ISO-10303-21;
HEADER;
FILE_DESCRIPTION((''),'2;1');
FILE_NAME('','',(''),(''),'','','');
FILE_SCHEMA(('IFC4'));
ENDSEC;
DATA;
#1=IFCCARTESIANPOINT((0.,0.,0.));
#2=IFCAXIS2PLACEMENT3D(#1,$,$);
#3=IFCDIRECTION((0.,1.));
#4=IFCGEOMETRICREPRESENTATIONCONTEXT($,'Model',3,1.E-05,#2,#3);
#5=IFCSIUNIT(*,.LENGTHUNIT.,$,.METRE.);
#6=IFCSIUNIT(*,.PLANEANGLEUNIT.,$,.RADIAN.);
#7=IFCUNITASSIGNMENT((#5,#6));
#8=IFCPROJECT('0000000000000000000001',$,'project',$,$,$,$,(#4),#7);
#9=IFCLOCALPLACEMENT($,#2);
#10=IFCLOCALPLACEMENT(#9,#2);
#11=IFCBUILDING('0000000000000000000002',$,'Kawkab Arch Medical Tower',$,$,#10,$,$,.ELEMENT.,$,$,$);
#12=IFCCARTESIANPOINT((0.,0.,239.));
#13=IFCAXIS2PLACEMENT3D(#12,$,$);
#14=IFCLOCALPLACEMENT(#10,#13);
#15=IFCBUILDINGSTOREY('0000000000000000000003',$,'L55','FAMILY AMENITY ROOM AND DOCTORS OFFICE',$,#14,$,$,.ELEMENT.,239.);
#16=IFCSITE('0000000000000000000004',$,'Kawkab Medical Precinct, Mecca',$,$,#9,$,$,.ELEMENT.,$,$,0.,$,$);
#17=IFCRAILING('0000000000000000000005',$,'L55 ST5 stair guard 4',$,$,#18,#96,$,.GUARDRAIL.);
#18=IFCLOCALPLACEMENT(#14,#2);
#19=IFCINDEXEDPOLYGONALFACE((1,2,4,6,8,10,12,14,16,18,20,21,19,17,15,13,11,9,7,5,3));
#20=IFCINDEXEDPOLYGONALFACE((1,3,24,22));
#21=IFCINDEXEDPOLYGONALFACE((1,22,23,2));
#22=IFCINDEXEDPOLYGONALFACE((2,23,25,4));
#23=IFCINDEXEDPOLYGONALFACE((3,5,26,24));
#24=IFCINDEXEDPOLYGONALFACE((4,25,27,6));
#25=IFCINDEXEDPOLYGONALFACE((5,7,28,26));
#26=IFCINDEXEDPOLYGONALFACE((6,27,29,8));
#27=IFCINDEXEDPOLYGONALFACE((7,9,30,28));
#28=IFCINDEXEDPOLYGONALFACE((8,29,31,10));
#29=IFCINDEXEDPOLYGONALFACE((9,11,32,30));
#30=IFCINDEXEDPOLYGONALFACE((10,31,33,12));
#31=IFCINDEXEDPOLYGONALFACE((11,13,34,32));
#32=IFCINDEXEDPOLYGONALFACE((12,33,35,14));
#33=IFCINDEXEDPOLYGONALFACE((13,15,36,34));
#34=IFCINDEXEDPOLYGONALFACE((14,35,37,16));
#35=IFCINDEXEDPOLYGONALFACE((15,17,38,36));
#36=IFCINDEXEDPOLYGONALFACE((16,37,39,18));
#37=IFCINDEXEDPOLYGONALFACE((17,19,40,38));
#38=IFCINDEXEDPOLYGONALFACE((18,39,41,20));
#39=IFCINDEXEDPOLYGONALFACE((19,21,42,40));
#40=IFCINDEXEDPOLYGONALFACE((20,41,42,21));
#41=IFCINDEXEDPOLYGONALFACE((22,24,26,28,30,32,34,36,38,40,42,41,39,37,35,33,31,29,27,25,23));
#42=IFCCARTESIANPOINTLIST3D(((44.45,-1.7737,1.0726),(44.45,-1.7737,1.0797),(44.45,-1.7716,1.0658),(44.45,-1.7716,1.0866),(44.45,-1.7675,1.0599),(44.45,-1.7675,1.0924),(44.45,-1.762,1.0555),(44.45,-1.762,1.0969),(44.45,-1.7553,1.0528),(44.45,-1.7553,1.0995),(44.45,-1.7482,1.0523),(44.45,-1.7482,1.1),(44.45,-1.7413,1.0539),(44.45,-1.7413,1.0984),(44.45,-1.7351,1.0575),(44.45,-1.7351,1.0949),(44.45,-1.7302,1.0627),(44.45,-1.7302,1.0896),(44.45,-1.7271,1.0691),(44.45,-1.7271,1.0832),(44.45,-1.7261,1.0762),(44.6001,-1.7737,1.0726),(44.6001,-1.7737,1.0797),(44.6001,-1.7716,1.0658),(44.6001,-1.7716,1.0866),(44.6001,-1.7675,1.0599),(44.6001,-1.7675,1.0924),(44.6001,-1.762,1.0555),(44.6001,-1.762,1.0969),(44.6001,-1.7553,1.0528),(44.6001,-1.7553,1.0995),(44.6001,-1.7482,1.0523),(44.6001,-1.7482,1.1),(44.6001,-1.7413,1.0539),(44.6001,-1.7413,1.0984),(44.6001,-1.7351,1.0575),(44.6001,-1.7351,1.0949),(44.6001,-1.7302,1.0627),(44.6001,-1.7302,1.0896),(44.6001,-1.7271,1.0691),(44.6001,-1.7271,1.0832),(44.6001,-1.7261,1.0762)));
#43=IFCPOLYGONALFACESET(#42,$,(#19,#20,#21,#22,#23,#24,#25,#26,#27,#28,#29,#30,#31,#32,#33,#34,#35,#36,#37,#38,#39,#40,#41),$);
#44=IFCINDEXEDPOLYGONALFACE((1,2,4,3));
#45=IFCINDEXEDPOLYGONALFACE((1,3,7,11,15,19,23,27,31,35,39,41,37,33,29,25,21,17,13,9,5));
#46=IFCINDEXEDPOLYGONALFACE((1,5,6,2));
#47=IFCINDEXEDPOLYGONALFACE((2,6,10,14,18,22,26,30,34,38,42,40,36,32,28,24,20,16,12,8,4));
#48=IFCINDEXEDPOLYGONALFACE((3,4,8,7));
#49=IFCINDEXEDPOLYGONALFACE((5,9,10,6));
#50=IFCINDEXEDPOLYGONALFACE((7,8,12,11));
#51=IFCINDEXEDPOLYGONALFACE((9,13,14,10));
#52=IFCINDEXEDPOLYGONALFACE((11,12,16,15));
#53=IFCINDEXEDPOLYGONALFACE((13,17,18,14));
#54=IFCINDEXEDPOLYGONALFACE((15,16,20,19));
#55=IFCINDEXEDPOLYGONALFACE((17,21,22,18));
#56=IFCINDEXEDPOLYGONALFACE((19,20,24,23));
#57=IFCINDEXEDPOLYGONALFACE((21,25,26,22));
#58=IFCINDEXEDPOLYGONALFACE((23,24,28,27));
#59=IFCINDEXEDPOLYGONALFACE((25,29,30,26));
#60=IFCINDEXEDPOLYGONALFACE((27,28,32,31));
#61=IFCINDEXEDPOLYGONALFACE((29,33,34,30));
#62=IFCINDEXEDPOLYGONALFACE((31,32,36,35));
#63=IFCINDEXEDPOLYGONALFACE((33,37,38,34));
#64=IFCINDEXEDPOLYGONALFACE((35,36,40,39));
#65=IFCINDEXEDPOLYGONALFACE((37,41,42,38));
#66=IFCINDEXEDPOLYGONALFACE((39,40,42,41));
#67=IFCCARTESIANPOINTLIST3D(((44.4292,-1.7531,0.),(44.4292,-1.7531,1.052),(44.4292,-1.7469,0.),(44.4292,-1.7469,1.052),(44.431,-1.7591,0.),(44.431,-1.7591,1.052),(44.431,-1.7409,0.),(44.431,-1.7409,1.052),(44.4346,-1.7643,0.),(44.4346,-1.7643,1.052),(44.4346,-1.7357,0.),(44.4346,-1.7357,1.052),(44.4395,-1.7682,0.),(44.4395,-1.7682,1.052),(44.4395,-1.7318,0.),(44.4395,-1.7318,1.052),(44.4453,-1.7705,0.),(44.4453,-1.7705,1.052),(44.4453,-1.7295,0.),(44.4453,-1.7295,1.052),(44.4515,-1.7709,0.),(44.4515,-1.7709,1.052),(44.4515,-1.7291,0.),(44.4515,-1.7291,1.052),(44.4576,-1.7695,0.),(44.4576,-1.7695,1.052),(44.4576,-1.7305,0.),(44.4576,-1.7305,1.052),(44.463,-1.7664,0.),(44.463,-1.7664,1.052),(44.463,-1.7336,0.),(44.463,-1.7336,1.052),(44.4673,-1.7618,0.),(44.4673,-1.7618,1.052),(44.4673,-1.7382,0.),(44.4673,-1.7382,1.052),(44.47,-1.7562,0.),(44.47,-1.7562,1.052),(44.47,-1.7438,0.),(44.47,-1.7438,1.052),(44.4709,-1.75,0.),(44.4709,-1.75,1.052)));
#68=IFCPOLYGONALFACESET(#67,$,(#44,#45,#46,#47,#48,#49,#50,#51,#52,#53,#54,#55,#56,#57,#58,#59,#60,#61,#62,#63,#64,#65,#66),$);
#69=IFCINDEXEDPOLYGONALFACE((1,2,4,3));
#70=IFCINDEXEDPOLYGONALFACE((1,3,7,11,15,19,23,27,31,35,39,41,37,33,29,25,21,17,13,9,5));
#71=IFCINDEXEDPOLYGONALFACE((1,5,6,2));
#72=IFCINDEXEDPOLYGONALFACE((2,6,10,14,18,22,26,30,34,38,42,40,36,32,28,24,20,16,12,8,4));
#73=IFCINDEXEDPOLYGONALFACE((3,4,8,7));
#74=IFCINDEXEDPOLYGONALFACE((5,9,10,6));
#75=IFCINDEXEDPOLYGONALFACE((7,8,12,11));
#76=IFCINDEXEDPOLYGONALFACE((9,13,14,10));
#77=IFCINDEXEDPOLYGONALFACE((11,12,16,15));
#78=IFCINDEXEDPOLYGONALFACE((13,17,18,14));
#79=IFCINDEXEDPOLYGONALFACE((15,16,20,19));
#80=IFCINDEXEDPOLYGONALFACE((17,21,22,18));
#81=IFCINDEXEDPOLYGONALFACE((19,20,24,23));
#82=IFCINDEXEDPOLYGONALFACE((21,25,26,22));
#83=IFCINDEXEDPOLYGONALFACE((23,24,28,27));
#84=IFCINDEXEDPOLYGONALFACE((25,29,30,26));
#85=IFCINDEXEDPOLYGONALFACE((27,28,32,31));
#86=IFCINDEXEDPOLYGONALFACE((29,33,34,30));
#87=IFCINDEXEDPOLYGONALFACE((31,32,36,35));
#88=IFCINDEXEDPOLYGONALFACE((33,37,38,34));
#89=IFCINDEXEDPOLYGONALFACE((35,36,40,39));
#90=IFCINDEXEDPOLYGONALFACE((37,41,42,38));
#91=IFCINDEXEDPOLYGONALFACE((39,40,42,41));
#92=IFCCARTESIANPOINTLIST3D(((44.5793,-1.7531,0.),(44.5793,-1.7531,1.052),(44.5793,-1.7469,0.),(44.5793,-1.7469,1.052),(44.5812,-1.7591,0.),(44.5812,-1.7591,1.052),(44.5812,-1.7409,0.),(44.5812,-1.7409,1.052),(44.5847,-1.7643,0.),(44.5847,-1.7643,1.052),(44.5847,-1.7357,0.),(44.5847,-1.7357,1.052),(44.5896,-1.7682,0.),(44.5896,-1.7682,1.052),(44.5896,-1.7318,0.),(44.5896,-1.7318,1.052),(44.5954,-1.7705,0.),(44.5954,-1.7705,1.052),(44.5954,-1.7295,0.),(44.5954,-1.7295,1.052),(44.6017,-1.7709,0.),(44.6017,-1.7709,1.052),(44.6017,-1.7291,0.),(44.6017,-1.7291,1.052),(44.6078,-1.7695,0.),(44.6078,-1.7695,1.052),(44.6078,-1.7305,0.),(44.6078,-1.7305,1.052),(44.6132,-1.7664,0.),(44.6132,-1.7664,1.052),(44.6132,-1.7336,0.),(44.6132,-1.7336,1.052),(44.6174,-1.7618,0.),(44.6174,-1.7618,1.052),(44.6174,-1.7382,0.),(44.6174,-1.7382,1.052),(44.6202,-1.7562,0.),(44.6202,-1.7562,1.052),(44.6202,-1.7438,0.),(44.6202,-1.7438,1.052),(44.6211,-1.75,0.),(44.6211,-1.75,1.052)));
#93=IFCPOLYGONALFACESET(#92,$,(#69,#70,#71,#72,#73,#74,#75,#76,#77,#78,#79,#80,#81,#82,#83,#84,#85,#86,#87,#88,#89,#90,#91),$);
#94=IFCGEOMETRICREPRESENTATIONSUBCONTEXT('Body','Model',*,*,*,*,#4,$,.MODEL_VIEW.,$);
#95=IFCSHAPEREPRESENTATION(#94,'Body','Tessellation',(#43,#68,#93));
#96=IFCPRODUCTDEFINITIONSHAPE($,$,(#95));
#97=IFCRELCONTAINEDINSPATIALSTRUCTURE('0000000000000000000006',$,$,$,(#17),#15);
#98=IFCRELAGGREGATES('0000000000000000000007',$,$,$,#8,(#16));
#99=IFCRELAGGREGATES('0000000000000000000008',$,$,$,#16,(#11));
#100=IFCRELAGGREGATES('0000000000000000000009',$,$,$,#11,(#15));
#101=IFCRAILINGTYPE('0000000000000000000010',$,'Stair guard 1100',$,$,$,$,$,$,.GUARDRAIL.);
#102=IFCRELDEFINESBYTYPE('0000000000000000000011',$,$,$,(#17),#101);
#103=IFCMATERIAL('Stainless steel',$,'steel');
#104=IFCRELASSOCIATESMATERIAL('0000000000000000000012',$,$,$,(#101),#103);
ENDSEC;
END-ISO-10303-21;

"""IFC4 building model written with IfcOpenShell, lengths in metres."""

from ifc_helpers import new_model, si_unit, direction, frame, origin, origin_2d, place, context, subcontext, project, spatial, circle, extrude, material, type_object, element, save


model = new_model("IFC4")

# Units and contexts
model_context = context("Model", 3, precision=1e-05, world=origin(), true_north=direction((0.0, 1.0)))
body_context = subcontext(model_context, "Body", "Model", "MODEL_VIEW")
ifc_project = project(units=[si_unit("LENGTHUNIT", "METRE"), si_unit("PLANEANGLEUNIT", "RADIAN")], contexts=[model_context])

# Site, building, storey
site_placement = place(None, origin())
site = spatial("IfcSite", under=ifc_project, at=site_placement, Name="Kawkab Medical Precinct, Mecca", CompositionType="ELEMENT", RefElevation=0.0)
building_placement = place(site_placement, origin())
building = spatial("IfcBuilding", under=site, at=building_placement, Name="Kawkab Arch Medical Tower", CompositionType="ELEMENT")
storey_placement = place(building_placement, frame((0.0, 0.0, 239.0)))
storey = spatial("IfcBuildingStorey", under=building, at=storey_placement, Name="L55", Description="FAMILY AMENITY ROOM AND DOCTORS OFFICE", CompositionType="ELEMENT", Elevation=239.0)

# Railing
ifc_material_1 = material(Name="Stainless steel", Category="steel")
railing_type_1 = type_object("IfcRailingType", Name="Stair guard 1100", PredefinedType="GUARDRAIL", material=ifc_material_1)
railing_1_placement = place(storey_placement, frame((44.45, -1.75, 0.0)))
element("IfcRailing", 1, at=railing_1_placement, inside=storey, type_object=railing_type_1, Name="L55 ST5 stair guard 4", PredefinedType="GUARDRAIL", context=body_context, shape_type="SweptSolid", body=[
    extrude(circle(Radius=0.0239, at=origin_2d()), frame((0.0, 0.0, 1.0762), z_axis=(1.0, 0.0, 0.0), x_axis=(0.0, 1.0, 0.0)), (0.0, 0.0, 1.0), 0.1501),
    extrude(circle(Radius=0.021, at=origin_2d()), origin(), (0.0, 0.0, 1.0), 1.052),
    extrude(circle(Radius=0.021, at=origin_2d()), frame((0.1501, 0.0, 0.0)), (0.0, 0.0, 1.0), 1.052),
])

save(model, "model.ifc")
